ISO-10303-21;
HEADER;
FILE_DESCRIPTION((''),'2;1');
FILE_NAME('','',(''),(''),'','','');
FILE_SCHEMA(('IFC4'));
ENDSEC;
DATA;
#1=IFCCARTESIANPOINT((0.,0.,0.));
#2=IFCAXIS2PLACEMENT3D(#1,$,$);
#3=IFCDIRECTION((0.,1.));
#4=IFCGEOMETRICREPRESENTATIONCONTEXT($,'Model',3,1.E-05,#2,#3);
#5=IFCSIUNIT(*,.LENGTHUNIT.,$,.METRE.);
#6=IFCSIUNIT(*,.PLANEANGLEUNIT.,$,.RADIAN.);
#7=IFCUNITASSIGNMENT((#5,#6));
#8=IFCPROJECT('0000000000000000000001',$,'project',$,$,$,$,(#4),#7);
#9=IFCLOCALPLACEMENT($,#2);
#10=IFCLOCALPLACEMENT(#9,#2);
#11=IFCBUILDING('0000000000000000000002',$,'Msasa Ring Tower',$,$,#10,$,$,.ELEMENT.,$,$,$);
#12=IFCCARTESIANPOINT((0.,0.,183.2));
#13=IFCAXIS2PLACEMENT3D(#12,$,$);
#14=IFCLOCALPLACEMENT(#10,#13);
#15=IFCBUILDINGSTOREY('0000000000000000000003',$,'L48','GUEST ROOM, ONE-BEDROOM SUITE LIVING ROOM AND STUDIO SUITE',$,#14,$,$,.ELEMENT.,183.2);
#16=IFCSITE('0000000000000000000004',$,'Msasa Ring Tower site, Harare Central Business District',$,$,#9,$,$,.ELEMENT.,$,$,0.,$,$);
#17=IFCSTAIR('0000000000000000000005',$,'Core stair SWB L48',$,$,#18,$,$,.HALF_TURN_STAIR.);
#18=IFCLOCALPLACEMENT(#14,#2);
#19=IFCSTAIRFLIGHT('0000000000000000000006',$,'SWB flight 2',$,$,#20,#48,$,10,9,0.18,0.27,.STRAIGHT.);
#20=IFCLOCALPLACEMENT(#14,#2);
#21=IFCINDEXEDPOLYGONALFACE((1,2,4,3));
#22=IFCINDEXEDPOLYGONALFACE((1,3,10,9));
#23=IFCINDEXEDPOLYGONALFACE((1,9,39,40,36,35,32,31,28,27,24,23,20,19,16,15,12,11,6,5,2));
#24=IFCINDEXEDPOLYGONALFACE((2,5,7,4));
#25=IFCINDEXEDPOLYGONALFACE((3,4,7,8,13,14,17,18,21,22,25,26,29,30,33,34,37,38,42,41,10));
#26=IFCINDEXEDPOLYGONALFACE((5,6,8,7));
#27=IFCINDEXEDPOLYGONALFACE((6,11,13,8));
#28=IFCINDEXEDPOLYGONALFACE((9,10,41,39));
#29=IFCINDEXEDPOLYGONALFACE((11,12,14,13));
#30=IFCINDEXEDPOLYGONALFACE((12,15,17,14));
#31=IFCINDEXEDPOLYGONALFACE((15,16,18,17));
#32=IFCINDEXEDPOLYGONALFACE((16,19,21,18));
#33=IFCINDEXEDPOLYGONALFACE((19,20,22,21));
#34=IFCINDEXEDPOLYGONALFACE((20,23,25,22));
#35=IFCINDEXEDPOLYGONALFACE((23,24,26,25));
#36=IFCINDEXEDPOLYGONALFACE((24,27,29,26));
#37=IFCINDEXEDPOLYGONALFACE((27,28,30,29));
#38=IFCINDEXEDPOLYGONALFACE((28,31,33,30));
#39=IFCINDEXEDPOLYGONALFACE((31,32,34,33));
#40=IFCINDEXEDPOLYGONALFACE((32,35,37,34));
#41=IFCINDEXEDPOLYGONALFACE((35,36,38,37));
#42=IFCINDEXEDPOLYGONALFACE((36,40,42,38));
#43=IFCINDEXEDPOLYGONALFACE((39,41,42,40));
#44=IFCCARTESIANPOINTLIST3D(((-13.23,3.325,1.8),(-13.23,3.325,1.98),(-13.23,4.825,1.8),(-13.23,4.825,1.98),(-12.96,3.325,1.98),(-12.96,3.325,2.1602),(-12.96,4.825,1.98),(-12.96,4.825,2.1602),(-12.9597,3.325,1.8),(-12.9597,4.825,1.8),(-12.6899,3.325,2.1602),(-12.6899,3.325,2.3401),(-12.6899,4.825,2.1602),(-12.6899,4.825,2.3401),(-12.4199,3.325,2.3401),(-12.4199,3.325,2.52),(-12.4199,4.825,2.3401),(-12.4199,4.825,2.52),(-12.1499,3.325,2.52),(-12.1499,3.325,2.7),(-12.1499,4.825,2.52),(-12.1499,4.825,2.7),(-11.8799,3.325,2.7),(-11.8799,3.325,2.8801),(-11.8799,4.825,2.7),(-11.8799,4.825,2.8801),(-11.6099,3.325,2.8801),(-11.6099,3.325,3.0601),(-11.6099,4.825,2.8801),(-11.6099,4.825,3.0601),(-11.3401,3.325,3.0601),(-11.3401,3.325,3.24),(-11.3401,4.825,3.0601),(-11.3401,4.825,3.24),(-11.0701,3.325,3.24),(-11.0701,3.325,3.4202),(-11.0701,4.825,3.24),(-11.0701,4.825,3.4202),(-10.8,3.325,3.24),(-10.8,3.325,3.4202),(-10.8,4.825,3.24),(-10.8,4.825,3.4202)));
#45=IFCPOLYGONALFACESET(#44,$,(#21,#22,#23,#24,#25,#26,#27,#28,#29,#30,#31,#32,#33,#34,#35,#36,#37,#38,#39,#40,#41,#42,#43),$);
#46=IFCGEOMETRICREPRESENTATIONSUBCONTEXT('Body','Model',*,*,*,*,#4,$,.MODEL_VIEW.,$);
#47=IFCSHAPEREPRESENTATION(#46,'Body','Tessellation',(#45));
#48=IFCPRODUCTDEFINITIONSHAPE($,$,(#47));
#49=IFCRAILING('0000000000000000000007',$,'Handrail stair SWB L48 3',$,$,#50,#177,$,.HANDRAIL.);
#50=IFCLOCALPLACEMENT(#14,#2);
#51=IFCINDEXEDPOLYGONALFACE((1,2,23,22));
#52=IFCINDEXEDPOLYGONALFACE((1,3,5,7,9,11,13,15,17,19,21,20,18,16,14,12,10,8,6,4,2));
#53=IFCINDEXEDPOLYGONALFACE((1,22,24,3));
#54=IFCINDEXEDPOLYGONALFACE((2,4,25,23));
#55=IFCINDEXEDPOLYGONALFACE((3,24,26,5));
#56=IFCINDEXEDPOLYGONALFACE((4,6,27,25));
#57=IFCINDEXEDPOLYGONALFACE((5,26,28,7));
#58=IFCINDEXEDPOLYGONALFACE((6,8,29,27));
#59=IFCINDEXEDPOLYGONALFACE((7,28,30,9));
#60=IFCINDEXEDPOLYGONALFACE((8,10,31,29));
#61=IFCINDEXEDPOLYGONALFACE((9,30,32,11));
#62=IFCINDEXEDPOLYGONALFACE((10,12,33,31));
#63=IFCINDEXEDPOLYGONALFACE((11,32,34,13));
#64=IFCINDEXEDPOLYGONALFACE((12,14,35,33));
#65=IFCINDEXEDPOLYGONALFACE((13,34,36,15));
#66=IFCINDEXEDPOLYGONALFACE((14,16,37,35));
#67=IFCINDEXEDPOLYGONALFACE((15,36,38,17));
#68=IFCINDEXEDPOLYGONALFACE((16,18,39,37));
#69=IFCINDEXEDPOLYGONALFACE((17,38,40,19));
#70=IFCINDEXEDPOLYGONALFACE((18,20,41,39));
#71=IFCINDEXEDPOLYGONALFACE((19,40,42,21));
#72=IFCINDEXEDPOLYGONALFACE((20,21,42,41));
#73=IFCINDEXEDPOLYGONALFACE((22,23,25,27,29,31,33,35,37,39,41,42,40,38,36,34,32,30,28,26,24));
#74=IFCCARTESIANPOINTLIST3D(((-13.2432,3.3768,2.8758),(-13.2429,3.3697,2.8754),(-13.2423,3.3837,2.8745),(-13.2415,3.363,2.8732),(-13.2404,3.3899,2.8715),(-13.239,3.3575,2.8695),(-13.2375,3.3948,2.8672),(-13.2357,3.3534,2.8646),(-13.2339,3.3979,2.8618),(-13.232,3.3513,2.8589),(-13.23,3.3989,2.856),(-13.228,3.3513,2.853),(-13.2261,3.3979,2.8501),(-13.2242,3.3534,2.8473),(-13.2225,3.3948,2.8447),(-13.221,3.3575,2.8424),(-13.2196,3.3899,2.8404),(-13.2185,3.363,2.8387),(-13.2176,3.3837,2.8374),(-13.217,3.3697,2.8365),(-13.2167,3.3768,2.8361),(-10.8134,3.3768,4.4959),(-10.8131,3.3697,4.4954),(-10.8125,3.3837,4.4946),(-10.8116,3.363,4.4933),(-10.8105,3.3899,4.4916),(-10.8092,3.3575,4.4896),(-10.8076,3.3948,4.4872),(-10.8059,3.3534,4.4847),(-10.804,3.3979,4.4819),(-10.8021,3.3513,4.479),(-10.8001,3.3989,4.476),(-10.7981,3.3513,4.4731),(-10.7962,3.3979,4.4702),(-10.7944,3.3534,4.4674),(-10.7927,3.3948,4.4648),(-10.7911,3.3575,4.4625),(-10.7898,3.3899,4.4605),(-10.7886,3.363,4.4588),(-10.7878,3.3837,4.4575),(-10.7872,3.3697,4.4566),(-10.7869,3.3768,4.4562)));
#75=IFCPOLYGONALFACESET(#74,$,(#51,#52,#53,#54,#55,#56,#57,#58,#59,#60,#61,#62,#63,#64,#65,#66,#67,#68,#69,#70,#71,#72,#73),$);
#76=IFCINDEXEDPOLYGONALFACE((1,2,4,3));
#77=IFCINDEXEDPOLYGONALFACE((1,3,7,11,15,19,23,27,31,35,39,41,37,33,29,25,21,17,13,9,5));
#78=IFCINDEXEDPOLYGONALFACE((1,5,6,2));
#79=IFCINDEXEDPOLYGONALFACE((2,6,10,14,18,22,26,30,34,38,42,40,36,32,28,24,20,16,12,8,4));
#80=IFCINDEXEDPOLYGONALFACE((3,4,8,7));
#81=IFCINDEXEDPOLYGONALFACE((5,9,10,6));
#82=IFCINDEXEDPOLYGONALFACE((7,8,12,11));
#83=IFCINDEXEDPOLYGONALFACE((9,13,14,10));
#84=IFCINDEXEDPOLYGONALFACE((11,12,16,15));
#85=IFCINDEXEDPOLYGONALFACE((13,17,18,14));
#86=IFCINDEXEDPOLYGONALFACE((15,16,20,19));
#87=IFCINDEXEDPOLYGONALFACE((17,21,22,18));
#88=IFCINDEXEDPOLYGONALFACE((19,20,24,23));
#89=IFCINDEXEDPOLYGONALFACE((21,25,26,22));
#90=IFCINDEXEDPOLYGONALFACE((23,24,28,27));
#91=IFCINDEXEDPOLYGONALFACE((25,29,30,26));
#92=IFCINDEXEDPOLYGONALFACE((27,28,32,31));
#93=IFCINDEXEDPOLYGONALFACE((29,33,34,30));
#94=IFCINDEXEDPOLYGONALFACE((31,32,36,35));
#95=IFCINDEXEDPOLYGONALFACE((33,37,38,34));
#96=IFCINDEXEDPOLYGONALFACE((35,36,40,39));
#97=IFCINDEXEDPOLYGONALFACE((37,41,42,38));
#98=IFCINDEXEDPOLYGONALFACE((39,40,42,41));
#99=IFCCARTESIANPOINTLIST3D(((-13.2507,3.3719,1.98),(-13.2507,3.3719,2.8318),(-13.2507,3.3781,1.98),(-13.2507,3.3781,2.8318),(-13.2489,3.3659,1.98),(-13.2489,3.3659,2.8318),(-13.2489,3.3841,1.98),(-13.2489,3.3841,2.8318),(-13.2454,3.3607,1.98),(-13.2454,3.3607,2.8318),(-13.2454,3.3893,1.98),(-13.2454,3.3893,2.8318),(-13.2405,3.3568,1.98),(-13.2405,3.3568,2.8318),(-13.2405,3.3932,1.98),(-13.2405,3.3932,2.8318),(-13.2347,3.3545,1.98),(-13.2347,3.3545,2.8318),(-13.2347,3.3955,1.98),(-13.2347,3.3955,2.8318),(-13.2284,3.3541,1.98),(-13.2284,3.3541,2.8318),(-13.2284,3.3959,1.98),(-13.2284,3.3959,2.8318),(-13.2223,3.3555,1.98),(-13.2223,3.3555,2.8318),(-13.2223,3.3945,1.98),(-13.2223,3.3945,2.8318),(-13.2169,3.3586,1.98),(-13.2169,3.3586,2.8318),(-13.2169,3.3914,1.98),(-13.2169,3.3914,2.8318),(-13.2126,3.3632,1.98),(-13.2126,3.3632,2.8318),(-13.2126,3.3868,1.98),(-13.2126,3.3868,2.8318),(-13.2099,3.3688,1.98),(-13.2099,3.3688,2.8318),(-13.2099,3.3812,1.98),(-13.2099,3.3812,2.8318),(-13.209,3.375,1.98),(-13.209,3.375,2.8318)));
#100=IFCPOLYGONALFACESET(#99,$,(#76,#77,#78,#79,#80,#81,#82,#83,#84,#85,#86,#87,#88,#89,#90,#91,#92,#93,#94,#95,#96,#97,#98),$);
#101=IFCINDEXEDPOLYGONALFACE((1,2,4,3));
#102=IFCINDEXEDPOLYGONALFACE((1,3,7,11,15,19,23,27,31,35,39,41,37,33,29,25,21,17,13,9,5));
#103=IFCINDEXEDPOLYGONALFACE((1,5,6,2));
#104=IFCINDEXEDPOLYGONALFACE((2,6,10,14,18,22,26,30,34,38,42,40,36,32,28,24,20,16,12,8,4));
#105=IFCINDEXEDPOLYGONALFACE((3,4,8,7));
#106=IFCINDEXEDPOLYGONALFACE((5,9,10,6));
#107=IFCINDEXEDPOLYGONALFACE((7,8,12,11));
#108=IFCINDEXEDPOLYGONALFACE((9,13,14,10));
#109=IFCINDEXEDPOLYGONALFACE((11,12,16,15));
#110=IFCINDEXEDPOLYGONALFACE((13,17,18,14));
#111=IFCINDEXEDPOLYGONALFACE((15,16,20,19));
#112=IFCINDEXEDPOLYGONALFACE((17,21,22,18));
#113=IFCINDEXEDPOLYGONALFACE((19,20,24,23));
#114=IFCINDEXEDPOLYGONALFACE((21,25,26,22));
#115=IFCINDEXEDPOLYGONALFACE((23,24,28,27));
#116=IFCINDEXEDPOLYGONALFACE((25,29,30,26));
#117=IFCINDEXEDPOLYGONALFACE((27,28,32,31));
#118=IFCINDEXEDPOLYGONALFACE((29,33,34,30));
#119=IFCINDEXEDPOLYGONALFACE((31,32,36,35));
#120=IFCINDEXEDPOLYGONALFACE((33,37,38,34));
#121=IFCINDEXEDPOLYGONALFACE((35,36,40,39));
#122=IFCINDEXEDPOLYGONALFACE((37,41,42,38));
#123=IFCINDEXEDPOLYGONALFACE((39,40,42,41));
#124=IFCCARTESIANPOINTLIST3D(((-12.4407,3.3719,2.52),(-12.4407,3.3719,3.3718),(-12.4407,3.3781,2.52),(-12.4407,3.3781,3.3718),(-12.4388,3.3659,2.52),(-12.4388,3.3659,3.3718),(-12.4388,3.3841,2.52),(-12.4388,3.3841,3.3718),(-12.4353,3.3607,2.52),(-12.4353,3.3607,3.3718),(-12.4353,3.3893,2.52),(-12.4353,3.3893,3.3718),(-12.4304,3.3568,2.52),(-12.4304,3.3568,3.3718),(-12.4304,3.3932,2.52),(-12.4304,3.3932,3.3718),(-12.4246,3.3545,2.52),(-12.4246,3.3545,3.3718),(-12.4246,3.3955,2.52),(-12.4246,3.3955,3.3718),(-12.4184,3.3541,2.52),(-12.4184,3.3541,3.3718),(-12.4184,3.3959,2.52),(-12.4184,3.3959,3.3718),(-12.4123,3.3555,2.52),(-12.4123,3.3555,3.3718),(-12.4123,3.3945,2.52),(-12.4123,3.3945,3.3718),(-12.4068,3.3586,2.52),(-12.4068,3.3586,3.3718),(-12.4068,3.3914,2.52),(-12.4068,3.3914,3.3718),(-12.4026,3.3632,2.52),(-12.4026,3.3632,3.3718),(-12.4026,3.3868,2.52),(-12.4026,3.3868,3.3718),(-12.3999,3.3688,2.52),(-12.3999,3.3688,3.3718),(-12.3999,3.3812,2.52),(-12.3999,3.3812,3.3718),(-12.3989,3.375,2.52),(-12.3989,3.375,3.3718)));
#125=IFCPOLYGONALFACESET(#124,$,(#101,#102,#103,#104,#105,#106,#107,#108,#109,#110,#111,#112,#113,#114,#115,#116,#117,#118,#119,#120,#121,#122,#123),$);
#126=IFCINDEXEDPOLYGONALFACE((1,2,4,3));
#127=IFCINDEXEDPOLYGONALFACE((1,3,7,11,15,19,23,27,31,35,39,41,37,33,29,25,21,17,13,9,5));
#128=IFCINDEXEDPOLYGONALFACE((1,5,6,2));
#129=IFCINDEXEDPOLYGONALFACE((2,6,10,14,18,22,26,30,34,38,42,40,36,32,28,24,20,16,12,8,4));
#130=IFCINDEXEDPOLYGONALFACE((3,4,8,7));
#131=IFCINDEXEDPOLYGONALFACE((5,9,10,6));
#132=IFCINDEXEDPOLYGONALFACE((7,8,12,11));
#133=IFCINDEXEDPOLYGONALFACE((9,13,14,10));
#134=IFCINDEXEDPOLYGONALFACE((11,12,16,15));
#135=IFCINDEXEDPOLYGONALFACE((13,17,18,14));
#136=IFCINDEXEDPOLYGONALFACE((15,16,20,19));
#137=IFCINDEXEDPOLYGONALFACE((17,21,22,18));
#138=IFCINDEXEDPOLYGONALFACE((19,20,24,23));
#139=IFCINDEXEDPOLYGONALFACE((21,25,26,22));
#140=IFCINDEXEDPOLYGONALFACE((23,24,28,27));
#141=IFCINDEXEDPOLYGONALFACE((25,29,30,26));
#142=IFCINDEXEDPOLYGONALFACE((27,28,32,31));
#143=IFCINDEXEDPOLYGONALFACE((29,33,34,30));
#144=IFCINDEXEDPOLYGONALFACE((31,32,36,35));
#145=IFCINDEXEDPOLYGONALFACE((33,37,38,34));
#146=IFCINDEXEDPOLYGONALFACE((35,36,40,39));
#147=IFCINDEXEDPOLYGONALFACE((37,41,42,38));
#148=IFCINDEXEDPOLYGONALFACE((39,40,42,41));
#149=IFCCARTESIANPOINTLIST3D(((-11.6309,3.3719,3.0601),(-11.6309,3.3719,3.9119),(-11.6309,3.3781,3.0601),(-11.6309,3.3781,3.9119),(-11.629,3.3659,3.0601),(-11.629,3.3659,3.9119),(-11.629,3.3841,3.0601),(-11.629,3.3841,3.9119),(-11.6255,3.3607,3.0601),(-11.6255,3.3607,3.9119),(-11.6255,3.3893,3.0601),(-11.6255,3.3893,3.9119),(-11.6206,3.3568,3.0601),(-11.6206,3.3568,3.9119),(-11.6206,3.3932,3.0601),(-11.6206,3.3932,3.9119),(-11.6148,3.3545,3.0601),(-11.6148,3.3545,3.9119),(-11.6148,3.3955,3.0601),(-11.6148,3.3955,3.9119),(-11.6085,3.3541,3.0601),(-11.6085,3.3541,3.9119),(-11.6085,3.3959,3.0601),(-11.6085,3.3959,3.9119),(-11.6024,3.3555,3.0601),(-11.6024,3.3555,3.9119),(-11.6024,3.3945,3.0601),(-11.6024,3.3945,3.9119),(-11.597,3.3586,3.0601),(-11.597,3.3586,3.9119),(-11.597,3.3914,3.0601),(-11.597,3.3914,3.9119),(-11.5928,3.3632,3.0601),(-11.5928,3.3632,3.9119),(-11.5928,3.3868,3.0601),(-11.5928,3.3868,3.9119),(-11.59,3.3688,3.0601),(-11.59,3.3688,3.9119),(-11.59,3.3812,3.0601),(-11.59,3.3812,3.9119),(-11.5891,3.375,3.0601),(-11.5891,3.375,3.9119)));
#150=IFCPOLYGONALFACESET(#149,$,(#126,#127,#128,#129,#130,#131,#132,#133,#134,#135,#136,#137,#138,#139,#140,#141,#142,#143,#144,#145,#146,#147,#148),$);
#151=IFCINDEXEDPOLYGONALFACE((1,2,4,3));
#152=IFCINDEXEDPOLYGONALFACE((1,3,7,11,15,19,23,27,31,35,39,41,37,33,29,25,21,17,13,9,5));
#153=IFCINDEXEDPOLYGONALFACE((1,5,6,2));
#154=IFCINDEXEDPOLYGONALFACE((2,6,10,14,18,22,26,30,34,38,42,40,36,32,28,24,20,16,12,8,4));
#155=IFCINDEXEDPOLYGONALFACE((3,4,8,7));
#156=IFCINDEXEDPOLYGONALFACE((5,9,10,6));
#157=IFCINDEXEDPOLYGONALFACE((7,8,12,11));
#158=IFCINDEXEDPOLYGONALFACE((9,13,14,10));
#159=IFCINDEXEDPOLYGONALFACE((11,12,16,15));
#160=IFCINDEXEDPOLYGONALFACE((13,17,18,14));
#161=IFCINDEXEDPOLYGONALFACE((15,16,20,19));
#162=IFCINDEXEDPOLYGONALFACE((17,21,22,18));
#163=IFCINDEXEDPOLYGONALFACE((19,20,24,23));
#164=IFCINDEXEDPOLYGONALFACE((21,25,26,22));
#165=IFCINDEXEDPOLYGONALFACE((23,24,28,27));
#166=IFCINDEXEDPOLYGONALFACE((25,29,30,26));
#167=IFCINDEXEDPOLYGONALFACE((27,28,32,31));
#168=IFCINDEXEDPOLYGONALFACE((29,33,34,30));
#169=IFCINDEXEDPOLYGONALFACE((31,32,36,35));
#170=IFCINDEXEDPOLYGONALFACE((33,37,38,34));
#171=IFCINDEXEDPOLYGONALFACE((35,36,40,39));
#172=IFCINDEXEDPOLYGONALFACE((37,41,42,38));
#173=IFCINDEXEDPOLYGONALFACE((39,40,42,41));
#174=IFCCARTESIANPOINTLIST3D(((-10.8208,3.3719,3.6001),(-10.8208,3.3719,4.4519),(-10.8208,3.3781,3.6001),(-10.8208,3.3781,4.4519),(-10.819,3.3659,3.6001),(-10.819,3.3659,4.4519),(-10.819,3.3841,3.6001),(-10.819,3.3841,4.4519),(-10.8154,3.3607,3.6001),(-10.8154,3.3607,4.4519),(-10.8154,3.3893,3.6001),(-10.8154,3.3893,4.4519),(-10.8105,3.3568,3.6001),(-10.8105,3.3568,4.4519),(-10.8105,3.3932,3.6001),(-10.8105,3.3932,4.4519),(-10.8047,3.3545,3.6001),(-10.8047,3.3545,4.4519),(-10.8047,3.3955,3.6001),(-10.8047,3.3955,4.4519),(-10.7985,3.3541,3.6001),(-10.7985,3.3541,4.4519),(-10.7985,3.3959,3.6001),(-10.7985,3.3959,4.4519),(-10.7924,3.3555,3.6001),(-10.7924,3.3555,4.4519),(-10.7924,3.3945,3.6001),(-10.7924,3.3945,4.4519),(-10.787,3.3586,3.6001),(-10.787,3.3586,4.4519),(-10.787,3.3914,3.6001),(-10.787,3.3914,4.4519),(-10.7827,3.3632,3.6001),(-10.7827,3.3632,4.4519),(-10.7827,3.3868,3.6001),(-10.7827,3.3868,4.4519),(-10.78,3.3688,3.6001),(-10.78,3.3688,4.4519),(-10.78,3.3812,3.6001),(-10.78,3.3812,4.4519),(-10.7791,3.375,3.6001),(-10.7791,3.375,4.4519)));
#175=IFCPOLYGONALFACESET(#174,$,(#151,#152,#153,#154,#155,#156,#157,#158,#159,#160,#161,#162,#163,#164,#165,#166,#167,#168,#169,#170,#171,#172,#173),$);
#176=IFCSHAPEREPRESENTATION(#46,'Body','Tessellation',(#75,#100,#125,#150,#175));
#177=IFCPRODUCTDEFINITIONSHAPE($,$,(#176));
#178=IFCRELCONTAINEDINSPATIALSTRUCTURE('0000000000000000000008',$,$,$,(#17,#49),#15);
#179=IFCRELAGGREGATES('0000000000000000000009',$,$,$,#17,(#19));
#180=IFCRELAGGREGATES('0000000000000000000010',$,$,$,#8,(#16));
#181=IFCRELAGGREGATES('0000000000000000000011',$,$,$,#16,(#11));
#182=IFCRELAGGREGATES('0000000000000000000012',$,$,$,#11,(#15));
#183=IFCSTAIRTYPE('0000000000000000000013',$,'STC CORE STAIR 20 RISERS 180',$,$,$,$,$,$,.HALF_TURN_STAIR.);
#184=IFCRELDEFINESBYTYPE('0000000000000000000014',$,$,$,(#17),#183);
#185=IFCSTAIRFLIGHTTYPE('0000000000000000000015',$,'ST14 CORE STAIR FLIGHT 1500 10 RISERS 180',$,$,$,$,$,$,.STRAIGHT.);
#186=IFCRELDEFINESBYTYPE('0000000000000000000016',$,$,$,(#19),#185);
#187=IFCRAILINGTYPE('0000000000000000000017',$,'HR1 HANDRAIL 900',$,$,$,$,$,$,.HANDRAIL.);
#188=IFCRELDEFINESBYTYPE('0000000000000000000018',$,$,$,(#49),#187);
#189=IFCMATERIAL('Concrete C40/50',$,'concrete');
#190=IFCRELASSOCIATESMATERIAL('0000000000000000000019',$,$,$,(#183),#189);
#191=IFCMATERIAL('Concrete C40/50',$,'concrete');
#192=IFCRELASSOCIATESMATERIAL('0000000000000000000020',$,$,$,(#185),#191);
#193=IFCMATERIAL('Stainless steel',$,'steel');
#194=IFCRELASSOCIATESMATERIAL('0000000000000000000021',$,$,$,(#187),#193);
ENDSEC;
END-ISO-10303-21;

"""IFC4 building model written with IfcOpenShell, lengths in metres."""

from ifc_helpers import new_model, si_unit, direction, frame, origin, origin_2d, place, context, subcontext, project, spatial, polyline, circle, outline, extrude, material, type_object, element, aggregate, save


model = new_model("IFC4")

# Units and contexts
model_context = context("Model", 3, precision=1e-05, world=origin(), true_north=direction((0.0, 1.0)))
body_context = subcontext(model_context, "Body", "Model", "MODEL_VIEW")
ifc_project = project(units=[si_unit("LENGTHUNIT", "METRE"), si_unit("PLANEANGLEUNIT", "RADIAN")], contexts=[model_context])

# Site, building, storey
site_placement = place(None, origin())
site = spatial("IfcSite", under=ifc_project, at=site_placement, Name="Msasa Ring Tower site, Harare Central Business District", CompositionType="ELEMENT", RefElevation=0.0)
building_placement = place(site_placement, origin())
building = spatial("IfcBuilding", under=site, at=building_placement, Name="Msasa Ring Tower", CompositionType="ELEMENT")
storey_placement = place(building_placement, frame((0.0, 0.0, 183.2)))
storey = spatial("IfcBuildingStorey", under=building, at=storey_placement, Name="L48", Description="GUEST ROOM, ONE-BEDROOM SUITE LIVING ROOM AND STUDIO SUITE", CompositionType="ELEMENT", Elevation=183.2)

# Stair, stair flight
ifc_material_1 = material(Name="Concrete C40/50", Category="concrete")
stair_type = type_object("IfcStairType", Name="STC CORE STAIR 20 RISERS 180", PredefinedType="HALF_TURN_STAIR", material=ifc_material_1)
stair_placement = place(storey_placement, origin())
stair = element("IfcStair", 1, at=stair_placement, inside=storey, type_object=stair_type, Name="Core stair SWB L48", PredefinedType="HALF_TURN_STAIR")
ifc_material_2 = material(Name="Concrete C40/50", Category="concrete")
stair_flight_type = type_object("IfcStairFlightType", Name="ST14 CORE STAIR FLIGHT 1500 10 RISERS 180", PredefinedType="STRAIGHT", material=ifc_material_2)
stair_flight_placement = place(storey_placement, frame((-13.23, 4.075, 1.8), z_axis=(0.0, 0.0, 1.0), x_axis=(1.0, 0.0, 0.0)))
stair_flight = element("IfcStairFlight", 2, at=stair_flight_placement, type_object=stair_flight_type, Name="SWB flight 2", NumberOfRisers=10, NumberOfTreads=9, PredefinedType="STRAIGHT", RiserHeight=0.18, TreadLength=0.27, context=body_context, shape_type="SweptSolid", body=[
    extrude(outline(polyline([(0.0, 0.0), (0.0, 0.1799), (0.27, 0.1799), (0.27, 0.3601), (0.54, 0.3601), (0.54, 0.54), (0.8101, 0.54), (0.8101, 0.72), (1.0801, 0.72), (1.0801, 0.8999), (1.3501, 0.8999), (1.3501, 1.0801), (1.6201, 1.0801), (1.6201, 1.26), (1.8899, 1.26), (1.8899, 1.4399), (2.1599, 1.4399), (2.1599, 1.6201), (2.4299, 1.6201), (2.4299, 1.8), (2.4299, 1.4399), (0.2703, 0.0), (0.0, 0.0)])), frame((0.0, 0.75, 0.0), z_axis=(0.0, -1.0, 0.0), x_axis=(1.0, 0.0, 0.0)), (0.0, 0.0, 1.0), 1.5),
])
aggregate(stair, [stair_flight])

# Railing
ifc_material_3 = material(Name="Stainless steel", Category="steel")
railing_type = type_object("IfcRailingType", Name="HR1 HANDRAIL 900", PredefinedType="HANDRAIL", material=ifc_material_3)
for number, where, name in (
    (3, (-13.23, 3.375, 1.98), "Handrail stair SWB L48 3"),
):
    element("IfcRailing", number, at=place(storey_placement, frame(where)), inside=storey, type_object=railing_type, Name=name, PredefinedType="HANDRAIL", context=body_context, shape_type="SweptSolid", body=[
        extrude(circle(Radius=0.0239, at=origin_2d()), frame((0.0, 0.0, 0.876), z_axis=(0.832025, 0.0, 0.554739), x_axis=(0.0, 1.0, 0.0)), (0.0, 0.0, 1.0), 2.9204),
        extrude(circle(Radius=0.021, at=origin_2d()), origin(), (0.0, 0.0, 1.0), 0.8518),
        extrude(circle(Radius=0.021, at=origin_2d()), frame((0.8101, 0.0, 0.54)), (0.0, 0.0, 1.0), 0.8518),
        extrude(circle(Radius=0.021, at=origin_2d()), frame((1.6199, 0.0, 1.0801)), (0.0, 0.0, 1.0), 0.8518),
        extrude(circle(Radius=0.021, at=origin_2d()), frame((2.4299, 0.0, 1.6201)), (0.0, 0.0, 1.0), 0.8518),
    ])

save(model, "model.ifc")
